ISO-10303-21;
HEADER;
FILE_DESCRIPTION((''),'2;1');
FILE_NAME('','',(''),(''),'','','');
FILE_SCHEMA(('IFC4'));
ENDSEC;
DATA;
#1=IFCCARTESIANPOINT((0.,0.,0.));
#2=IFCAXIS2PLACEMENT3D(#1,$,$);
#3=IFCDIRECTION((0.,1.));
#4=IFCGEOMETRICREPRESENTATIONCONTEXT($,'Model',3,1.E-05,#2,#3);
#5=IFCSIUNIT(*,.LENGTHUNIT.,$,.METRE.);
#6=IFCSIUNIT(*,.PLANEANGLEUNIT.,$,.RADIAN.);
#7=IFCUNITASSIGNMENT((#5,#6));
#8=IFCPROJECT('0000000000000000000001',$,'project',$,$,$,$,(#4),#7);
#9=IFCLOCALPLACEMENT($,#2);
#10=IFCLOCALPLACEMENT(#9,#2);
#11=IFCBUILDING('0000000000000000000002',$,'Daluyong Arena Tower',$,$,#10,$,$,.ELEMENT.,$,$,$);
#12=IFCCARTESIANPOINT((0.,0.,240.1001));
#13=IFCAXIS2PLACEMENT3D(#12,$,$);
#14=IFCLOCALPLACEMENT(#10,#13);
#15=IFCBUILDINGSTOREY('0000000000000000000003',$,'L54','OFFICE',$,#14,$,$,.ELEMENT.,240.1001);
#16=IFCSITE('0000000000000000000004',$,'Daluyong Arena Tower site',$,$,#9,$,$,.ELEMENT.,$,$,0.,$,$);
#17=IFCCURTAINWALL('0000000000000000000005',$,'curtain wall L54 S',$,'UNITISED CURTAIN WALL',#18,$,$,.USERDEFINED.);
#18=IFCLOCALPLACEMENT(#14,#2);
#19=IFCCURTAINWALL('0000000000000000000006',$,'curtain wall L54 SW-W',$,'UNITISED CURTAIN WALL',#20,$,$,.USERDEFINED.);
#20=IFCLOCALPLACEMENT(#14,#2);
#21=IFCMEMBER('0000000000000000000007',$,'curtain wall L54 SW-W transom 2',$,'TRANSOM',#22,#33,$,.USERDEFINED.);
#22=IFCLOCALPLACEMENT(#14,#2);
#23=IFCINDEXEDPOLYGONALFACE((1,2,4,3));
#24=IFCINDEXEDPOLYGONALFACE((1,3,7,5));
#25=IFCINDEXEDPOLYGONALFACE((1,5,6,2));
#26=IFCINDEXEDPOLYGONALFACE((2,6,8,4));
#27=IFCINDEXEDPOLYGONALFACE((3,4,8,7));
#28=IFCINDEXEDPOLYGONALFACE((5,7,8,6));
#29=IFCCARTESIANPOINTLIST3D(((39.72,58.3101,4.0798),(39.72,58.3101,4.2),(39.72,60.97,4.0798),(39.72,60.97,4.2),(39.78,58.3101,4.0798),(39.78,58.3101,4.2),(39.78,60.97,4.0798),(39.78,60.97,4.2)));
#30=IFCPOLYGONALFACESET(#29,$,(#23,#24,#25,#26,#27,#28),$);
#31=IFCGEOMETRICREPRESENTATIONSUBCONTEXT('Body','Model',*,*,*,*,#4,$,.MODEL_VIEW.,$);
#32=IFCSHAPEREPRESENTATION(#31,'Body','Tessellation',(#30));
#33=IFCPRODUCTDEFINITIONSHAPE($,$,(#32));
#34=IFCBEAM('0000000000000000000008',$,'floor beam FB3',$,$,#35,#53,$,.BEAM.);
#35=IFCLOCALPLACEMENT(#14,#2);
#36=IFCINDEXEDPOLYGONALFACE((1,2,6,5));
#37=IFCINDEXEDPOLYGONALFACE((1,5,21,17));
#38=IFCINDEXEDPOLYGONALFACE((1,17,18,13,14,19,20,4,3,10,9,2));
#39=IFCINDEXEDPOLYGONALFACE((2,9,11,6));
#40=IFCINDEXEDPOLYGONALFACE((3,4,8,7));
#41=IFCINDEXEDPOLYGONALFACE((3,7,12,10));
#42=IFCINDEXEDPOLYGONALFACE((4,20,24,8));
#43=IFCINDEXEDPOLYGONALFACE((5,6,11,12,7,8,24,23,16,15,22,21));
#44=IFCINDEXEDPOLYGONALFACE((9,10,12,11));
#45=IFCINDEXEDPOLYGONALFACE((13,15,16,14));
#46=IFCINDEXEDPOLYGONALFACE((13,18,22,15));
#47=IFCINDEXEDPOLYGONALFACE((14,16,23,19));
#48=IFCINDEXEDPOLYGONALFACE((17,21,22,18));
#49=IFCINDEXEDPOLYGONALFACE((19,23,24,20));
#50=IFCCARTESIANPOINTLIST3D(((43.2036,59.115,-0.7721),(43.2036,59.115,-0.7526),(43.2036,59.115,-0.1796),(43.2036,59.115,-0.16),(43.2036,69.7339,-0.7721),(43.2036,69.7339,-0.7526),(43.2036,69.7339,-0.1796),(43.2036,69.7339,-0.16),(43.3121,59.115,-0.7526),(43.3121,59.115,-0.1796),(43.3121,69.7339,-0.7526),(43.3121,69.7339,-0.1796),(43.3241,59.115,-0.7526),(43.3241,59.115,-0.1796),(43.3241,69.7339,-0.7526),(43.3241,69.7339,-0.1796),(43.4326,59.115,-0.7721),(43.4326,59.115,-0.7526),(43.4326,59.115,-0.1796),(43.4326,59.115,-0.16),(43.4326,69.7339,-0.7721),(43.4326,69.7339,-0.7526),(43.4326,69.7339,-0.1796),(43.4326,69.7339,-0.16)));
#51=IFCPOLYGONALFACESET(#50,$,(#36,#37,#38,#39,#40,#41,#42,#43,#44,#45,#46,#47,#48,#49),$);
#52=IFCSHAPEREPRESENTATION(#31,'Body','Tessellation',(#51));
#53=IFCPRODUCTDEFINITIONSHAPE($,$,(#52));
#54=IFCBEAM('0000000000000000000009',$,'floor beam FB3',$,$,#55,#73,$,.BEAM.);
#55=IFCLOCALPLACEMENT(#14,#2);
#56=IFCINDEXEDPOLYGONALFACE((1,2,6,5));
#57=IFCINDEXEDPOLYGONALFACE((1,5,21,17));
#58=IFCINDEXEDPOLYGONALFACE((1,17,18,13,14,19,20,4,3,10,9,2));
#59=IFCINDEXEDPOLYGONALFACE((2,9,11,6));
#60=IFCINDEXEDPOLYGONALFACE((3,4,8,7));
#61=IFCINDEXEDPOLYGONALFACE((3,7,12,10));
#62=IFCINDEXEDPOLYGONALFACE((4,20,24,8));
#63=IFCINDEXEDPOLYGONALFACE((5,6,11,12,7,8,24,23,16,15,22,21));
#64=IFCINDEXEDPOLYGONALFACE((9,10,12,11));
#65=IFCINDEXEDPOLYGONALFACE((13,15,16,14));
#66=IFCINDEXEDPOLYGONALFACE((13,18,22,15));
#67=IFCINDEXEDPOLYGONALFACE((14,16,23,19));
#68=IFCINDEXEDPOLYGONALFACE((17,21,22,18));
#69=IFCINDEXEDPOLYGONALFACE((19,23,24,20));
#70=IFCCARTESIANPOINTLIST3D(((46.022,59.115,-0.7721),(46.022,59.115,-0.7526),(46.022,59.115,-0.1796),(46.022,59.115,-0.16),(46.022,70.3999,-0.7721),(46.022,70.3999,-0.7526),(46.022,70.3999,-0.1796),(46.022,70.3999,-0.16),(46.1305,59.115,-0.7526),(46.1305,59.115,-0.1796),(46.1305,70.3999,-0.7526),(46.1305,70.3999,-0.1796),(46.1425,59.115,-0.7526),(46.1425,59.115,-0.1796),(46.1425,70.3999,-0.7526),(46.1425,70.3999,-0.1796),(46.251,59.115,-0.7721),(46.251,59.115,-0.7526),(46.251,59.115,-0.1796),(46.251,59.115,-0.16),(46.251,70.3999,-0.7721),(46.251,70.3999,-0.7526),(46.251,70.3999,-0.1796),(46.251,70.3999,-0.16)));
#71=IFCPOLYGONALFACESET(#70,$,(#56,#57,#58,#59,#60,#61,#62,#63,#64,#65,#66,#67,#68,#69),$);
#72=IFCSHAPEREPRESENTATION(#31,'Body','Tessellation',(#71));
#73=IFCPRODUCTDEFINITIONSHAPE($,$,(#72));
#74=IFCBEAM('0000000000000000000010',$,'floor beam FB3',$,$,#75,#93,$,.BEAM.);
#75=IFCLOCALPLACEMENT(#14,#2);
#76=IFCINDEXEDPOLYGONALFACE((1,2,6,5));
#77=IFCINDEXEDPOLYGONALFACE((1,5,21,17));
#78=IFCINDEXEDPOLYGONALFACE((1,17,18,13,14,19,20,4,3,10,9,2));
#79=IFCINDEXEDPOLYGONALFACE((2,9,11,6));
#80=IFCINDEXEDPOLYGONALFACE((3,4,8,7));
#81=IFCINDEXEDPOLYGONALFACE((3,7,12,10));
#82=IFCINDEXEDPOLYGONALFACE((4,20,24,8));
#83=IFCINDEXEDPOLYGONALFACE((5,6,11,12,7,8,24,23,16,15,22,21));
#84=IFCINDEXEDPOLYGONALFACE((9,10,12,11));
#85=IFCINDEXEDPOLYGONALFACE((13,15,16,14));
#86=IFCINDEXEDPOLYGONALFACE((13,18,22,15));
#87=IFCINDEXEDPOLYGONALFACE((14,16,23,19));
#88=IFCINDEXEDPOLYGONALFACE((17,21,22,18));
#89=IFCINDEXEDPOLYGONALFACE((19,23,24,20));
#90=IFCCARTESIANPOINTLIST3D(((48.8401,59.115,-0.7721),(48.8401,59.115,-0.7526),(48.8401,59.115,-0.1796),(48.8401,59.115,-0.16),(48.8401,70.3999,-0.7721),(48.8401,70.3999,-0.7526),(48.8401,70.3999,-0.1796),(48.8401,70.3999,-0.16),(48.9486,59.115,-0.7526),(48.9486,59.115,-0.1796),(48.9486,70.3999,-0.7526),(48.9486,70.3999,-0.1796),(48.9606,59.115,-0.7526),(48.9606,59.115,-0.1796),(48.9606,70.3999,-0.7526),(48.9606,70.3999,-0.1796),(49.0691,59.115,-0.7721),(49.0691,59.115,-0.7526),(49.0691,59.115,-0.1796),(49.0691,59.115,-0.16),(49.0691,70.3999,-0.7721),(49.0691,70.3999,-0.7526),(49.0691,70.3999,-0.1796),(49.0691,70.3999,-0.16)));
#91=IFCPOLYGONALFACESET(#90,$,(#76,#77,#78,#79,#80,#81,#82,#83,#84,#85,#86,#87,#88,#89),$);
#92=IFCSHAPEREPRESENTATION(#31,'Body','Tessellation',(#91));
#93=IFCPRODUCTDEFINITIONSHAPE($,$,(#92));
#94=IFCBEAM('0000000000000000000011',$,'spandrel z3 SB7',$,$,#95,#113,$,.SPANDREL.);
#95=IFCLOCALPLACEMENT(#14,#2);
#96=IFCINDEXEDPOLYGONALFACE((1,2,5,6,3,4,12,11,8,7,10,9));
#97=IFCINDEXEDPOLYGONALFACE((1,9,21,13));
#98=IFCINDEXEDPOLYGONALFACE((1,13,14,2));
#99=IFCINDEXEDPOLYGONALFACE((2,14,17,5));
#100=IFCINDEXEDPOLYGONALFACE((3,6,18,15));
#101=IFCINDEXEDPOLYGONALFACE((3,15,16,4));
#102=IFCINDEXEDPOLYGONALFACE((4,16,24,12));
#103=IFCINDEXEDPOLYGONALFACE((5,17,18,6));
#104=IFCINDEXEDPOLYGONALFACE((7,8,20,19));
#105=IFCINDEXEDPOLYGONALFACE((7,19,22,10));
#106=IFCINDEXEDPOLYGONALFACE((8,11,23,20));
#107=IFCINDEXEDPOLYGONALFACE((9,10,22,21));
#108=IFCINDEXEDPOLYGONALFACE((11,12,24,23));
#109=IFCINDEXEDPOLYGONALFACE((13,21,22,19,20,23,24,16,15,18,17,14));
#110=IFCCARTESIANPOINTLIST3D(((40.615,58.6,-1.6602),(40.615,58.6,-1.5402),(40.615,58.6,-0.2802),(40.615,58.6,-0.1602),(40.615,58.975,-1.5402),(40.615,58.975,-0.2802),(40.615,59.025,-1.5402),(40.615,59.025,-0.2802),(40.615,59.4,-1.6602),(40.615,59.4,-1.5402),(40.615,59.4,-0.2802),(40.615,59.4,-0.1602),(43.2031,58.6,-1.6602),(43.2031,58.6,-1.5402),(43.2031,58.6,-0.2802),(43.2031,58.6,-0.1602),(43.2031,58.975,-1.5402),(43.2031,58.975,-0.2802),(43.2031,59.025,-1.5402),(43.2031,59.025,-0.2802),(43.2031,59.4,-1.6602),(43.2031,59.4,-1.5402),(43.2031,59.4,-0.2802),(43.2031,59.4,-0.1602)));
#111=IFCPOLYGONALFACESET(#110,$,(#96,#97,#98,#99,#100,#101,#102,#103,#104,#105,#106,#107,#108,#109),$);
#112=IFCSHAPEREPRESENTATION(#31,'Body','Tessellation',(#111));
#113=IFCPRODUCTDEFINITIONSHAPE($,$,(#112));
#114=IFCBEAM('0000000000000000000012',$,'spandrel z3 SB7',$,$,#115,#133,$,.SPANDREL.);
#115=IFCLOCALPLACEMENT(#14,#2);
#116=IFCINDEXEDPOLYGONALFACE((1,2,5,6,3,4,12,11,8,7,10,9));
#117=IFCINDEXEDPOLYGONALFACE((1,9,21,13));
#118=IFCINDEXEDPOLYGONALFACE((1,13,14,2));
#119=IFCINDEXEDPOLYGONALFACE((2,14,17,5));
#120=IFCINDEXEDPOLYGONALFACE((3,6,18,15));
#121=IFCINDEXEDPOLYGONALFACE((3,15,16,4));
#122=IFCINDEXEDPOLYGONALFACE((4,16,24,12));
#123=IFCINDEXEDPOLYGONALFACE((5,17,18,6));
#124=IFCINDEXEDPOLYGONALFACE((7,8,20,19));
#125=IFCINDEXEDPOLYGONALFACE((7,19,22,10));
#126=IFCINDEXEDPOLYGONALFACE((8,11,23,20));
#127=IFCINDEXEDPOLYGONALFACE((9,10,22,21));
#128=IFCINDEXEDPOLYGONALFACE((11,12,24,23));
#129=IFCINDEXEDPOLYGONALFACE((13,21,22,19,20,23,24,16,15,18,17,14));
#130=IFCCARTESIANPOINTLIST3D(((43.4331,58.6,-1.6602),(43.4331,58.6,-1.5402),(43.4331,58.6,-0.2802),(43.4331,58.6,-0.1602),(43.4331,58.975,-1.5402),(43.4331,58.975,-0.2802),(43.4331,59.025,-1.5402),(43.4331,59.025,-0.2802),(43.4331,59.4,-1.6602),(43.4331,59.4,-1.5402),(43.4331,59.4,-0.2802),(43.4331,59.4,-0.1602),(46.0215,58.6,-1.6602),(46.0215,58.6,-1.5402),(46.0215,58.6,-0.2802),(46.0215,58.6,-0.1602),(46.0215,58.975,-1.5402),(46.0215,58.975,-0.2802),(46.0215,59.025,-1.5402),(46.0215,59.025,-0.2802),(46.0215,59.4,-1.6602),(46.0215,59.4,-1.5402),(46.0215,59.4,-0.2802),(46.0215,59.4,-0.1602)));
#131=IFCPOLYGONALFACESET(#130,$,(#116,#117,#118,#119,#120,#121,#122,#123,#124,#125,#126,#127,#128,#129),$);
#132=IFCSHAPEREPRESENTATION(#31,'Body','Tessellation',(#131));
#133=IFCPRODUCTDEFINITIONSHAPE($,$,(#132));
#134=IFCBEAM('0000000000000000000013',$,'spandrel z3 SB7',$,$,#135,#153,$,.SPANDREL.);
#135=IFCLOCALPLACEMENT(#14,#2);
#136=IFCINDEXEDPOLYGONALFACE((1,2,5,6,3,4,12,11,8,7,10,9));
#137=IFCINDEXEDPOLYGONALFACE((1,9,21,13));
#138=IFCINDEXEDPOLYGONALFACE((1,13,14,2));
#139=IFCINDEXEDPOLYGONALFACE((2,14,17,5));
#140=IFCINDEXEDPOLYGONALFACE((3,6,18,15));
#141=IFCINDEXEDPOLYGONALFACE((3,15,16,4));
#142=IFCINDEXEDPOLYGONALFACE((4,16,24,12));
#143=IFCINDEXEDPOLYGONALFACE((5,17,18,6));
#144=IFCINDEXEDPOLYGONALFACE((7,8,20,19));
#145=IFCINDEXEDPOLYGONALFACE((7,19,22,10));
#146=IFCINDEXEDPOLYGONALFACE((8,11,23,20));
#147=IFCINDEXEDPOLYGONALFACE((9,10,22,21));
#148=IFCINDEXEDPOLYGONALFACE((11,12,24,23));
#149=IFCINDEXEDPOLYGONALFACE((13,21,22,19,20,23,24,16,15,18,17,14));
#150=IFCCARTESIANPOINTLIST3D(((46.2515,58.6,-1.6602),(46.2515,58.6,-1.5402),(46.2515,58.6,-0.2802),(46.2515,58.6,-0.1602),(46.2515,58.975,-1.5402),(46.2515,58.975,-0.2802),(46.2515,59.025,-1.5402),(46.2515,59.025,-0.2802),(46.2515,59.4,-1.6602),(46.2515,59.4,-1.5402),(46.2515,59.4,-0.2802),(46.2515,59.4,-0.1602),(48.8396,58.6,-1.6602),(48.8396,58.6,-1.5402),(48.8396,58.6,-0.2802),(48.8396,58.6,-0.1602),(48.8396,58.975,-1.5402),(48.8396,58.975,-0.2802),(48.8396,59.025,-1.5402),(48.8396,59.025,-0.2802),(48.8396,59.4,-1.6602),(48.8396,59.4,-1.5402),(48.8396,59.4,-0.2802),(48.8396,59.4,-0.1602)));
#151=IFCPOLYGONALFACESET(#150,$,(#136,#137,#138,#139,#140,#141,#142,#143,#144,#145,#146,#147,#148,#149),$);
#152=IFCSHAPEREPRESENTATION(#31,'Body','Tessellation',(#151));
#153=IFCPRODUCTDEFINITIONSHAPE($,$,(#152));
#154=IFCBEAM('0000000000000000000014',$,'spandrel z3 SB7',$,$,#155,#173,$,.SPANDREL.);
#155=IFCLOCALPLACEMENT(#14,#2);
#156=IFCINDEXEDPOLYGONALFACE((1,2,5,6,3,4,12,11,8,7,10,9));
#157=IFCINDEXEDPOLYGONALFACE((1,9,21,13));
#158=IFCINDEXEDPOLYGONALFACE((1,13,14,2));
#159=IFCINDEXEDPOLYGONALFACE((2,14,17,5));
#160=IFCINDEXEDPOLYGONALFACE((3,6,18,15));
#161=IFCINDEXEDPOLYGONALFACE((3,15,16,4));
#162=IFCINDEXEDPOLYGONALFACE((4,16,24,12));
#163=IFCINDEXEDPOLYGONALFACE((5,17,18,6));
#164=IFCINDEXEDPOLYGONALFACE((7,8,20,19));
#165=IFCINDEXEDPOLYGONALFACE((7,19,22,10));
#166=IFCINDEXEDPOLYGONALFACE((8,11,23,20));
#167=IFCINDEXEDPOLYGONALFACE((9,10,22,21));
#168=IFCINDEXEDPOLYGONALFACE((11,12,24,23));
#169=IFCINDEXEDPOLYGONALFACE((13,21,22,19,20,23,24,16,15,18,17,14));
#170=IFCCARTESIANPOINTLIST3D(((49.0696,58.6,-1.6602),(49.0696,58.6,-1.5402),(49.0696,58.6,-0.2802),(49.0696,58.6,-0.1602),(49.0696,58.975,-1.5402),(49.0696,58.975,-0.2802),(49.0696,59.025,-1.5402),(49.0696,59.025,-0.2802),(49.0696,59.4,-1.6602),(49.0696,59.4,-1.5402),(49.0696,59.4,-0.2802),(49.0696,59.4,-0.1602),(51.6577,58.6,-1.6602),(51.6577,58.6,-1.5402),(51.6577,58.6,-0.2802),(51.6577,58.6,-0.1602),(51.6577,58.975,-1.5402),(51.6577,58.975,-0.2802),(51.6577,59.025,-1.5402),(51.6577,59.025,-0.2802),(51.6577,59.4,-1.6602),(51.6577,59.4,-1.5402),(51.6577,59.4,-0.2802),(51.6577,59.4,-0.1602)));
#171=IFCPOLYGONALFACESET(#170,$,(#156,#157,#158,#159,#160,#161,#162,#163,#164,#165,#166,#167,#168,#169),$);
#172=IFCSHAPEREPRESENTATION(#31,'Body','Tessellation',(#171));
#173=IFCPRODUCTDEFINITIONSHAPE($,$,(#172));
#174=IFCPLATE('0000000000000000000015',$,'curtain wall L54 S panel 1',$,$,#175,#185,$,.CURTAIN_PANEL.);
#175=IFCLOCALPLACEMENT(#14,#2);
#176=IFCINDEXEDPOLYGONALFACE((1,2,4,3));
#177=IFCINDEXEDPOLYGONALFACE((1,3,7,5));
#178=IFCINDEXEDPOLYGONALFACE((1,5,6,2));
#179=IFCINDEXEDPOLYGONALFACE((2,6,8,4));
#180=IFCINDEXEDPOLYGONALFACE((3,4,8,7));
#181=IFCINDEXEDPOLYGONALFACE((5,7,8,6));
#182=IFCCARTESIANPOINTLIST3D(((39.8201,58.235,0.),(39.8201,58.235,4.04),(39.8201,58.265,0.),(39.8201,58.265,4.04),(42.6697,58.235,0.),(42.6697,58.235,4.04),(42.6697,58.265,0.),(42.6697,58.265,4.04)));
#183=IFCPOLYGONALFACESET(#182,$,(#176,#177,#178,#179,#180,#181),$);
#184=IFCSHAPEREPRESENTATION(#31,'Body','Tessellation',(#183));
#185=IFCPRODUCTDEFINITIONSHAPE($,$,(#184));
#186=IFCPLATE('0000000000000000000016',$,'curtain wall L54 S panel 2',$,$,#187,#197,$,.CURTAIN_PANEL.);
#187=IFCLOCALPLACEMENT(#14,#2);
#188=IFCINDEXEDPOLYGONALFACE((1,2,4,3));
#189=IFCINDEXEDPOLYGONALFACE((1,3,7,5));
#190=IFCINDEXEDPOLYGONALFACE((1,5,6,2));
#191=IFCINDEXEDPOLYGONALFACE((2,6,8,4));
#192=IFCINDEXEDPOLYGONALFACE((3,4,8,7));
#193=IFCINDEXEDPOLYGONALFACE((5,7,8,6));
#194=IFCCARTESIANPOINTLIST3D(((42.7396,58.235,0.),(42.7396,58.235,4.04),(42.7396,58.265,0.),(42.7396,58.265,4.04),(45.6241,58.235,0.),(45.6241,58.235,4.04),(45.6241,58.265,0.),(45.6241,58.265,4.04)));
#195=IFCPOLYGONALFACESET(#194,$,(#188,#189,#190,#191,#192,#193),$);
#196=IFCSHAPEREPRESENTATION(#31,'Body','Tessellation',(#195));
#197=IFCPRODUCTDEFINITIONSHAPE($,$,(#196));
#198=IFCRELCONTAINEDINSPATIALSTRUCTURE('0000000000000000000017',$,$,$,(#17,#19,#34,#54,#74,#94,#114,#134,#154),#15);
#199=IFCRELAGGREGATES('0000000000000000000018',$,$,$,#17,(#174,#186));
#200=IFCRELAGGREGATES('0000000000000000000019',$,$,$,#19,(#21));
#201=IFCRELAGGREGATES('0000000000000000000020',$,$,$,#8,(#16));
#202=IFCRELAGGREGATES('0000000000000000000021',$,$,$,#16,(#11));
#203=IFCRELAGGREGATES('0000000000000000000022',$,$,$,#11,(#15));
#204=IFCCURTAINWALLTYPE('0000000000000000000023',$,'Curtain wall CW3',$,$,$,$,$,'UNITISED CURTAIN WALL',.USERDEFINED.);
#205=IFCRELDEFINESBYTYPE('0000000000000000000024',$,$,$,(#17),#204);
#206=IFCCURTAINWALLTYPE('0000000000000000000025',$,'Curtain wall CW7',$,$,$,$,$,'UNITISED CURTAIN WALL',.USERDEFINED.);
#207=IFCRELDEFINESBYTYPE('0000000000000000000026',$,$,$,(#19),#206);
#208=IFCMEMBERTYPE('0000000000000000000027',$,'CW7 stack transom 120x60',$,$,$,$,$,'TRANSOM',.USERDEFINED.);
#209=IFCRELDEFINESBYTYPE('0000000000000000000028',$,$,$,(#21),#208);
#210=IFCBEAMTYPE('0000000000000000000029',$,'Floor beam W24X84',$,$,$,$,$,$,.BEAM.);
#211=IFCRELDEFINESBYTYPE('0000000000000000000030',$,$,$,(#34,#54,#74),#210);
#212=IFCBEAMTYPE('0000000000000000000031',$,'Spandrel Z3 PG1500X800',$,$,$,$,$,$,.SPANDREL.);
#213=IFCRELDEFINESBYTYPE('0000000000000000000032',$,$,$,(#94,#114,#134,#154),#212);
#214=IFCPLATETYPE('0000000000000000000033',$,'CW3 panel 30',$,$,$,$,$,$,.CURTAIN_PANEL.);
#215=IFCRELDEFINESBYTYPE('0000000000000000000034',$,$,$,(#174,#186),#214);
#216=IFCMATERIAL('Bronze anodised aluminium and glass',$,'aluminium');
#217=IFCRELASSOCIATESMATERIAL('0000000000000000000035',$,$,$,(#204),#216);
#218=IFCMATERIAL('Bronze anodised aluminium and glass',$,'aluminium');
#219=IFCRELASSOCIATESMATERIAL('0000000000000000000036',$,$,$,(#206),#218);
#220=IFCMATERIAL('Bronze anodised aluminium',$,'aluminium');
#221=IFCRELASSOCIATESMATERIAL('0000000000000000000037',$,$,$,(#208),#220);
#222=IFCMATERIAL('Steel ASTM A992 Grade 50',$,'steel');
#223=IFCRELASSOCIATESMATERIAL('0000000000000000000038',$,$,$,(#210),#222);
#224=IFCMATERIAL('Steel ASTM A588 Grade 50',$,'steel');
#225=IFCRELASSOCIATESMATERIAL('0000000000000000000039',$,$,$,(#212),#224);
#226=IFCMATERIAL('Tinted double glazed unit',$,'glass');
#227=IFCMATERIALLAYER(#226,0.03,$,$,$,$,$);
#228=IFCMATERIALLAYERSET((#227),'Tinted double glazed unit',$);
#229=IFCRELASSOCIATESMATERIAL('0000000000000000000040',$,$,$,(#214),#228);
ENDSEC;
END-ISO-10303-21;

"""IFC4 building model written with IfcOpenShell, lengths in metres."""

from ifc_helpers import new_model, si_unit, direction, frame, origin, origin_2d, place, context, subcontext, project, spatial, rectangle, i_section, extrude, material, layer, layer_set, material_profile, profile_set, type_object, element, aggregate, save


model = new_model("IFC4")

# Units and contexts
model_context = context("Model", 3, precision=1e-05, world=origin(), true_north=direction((0.0, 1.0)))
body_context = subcontext(model_context, "Body", "Model", "MODEL_VIEW")
ifc_project = project(units=[si_unit("LENGTHUNIT", "METRE"), si_unit("PLANEANGLEUNIT", "RADIAN")], contexts=[model_context])

# Site, building, storey
site_placement = place(None, origin())
site = spatial("IfcSite", under=ifc_project, at=site_placement, Name="Daluyong Arena Tower site", CompositionType="ELEMENT", RefElevation=0.0)
building_placement = place(site_placement, origin())
building = spatial("IfcBuilding", under=site, at=building_placement, Name="Daluyong Arena Tower", CompositionType="ELEMENT")
storey_placement = place(building_placement, frame((0.0, 0.0, 240.1001)))
storey = spatial("IfcBuildingStorey", under=building, at=storey_placement, Name="L54", Description="OFFICE", CompositionType="ELEMENT", Elevation=240.1001)

# Curtain walls, member
ifc_material_1 = material(Name="Bronze anodised aluminium and glass", Category="aluminium")
curtain_wall_type_1 = type_object("IfcCurtainWallType", Name="Curtain wall CW3", ElementType="UNITISED CURTAIN WALL", PredefinedType="USERDEFINED", material=ifc_material_1)
curtain_wall_1_placement = place(storey_placement, origin())
curtain_wall_1 = element("IfcCurtainWall", 1, at=curtain_wall_1_placement, inside=storey, type_object=curtain_wall_type_1, Name="curtain wall L54 S", ObjectType="UNITISED CURTAIN WALL", PredefinedType="USERDEFINED")
ifc_material_2 = material(Name="Bronze anodised aluminium and glass", Category="aluminium")
curtain_wall_type_2 = type_object("IfcCurtainWallType", Name="Curtain wall CW7", ElementType="UNITISED CURTAIN WALL", PredefinedType="USERDEFINED", material=ifc_material_2)
curtain_wall_2_placement = place(storey_placement, origin())
curtain_wall_2 = element("IfcCurtainWall", 2, at=curtain_wall_2_placement, inside=storey, type_object=curtain_wall_type_2, Name="curtain wall L54 SW-W", ObjectType="UNITISED CURTAIN WALL", PredefinedType="USERDEFINED")
ifc_material_3 = material(Name="Bronze anodised aluminium", Category="aluminium")
ifc_material_profile_1 = material_profile(ifc_material_3, rectangle(XDim=0.0601, YDim=0.1201, at=origin_2d()))
ifc_profile_set_1 = profile_set([ifc_material_profile_1], Name="Bronze anodised aluminium")
member_type_1 = type_object("IfcMemberType", Name="CW7 stack transom 120x60", ElementType="TRANSOM", PredefinedType="USERDEFINED", material=ifc_profile_set_1)
member_1_placement = place(storey_placement, frame((39.75, 60.97, 4.1399), z_axis=(0.0, -1.0, 0.0), x_axis=(1.0, 0.0, 0.0)))
member_1 = element("IfcMember", 3, at=member_1_placement, type_object=member_type_1, Name="curtain wall L54 SW-W transom 2", ObjectType="TRANSOM", PredefinedType="USERDEFINED", context=body_context, shape_type="SweptSolid", body=[
    extrude(rectangle(XDim=0.0601, YDim=0.1201, at=origin_2d()), origin(), (0.0, 0.0, 1.0), 2.6599),
])

# Beams
ifc_material_4 = material(Name="Steel ASTM A992 Grade 50", Category="steel")
ifc_material_profile_2 = material_profile(ifc_material_4, i_section(OverallWidth=0.229, OverallDepth=0.6121, WebThickness=0.012, FlangeThickness=0.0195, at=origin_2d()))
ifc_profile_set_2 = profile_set([ifc_material_profile_2], Name="Steel ASTM A992 Grade 50")
beam_type_1 = type_object("IfcBeamType", Name="Floor beam W24X84", PredefinedType="BEAM", material=ifc_profile_set_2)
beam_1_placement = place(storey_placement, frame((43.3181, 59.115, -0.4661), z_axis=(0.0, 1.0, 0.0), x_axis=(-1.0, 0.0, 0.0)))
element("IfcBeam", 4, at=beam_1_placement, inside=storey, type_object=beam_type_1, Name="floor beam FB3", PredefinedType="BEAM", context=body_context, shape_type="SweptSolid", body=[
    extrude(i_section(OverallWidth=0.229, OverallDepth=0.6121, WebThickness=0.012, FlangeThickness=0.0195, at=origin_2d()), origin(), (0.0, 0.0, 1.0), 10.6189),
])
for number, where, z_axis, x_axis, name in (
    (5, (46.1365, 59.115, -0.4661), (0.0, 1.0, 0.0), (-1.0, 0.0, 0.0), "floor beam FB3"),
    (6, (48.9546, 59.115, -0.4661), (0.0, 1.0, 0.0), (-1.0, 0.0, 0.0), "floor beam FB3"),
):
    element("IfcBeam", number, at=place(storey_placement, frame(where, z_axis=z_axis, x_axis=x_axis)), inside=storey, type_object=beam_type_1, Name=name, PredefinedType="BEAM", context=body_context, shape_type="SweptSolid", body=[
        extrude(i_section(OverallWidth=0.229, OverallDepth=0.6121, WebThickness=0.012, FlangeThickness=0.0195, at=origin_2d()), origin(), (0.0, 0.0, 1.0), 11.2849),
    ])
ifc_material_5 = material(Name="Steel ASTM A588 Grade 50", Category="steel")
ifc_material_profile_3 = material_profile(ifc_material_5, i_section(OverallWidth=0.8, OverallDepth=1.5, WebThickness=0.05, FlangeThickness=0.12, at=origin_2d()))
ifc_profile_set_3 = profile_set([ifc_material_profile_3], Name="Steel ASTM A588 Grade 50")
beam_type_2 = type_object("IfcBeamType", Name="Spandrel Z3 PG1500X800", PredefinedType="SPANDREL", material=ifc_profile_set_3)
beam_2_placement = place(storey_placement, frame((40.615, 59.0, -0.9102), z_axis=(1.0, 0.0, 0.0), x_axis=(0.0, 1.0, 0.0)))
element("IfcBeam", 7, at=beam_2_placement, inside=storey, type_object=beam_type_2, Name="spandrel z3 SB7", PredefinedType="SPANDREL", context=body_context, shape_type="SweptSolid", body=[
    extrude(i_section(OverallWidth=0.8, OverallDepth=1.5, WebThickness=0.05, FlangeThickness=0.12, at=origin_2d()), origin(), (0.0, 0.0, 1.0), 2.5881),
])
beam_3_placement = place(storey_placement, frame((43.4331, 59.0, -0.9102), z_axis=(1.0, 0.0, 0.0), x_axis=(0.0, 1.0, 0.0)))
element("IfcBeam", 8, at=beam_3_placement, inside=storey, type_object=beam_type_2, Name="spandrel z3 SB7", PredefinedType="SPANDREL", context=body_context, shape_type="SweptSolid", body=[
    extrude(i_section(OverallWidth=0.8, OverallDepth=1.5, WebThickness=0.05, FlangeThickness=0.12, at=origin_2d()), origin(), (0.0, 0.0, 1.0), 2.5884),
])
for number, where, z_axis, x_axis, name in (
    (9, (46.2515, 59.0, -0.9102), (1.0, 0.0, 0.0), (0.0, 1.0, 0.0), "spandrel z3 SB7"),
    (10, (49.0696, 59.0, -0.9102), (1.0, 0.0, 0.0), (0.0, 1.0, 0.0), "spandrel z3 SB7"),
):
    element("IfcBeam", number, at=place(storey_placement, frame(where, z_axis=z_axis, x_axis=x_axis)), inside=storey, type_object=beam_type_2, Name=name, PredefinedType="SPANDREL", context=body_context, shape_type="SweptSolid", body=[
        extrude(i_section(OverallWidth=0.8, OverallDepth=1.5, WebThickness=0.05, FlangeThickness=0.12, at=origin_2d()), origin(), (0.0, 0.0, 1.0), 2.5881),
    ])

# Plates
ifc_material_6 = material(Name="Tinted double glazed unit", Category="glass")
ifc_layer_1 = layer(ifc_material_6, 0.03)
ifc_layer_set_1 = layer_set([ifc_layer_1], Name="Tinted double glazed unit")
plate_type_1 = type_object("IfcPlateType", Name="CW3 panel 30", PredefinedType="CURTAIN_PANEL", material=ifc_layer_set_1)
plate_1_placement = place(storey_placement, frame((41.2449, 58.25, 0.0), z_axis=(0.0, 0.0, 1.0), x_axis=(1.0, 0.0, 0.0)))
plate_1 = element("IfcPlate", 11, at=plate_1_placement, type_object=plate_type_1, Name="curtain wall L54 S panel 1", PredefinedType="CURTAIN_PANEL", context=body_context, shape_type="SweptSolid", body=[
    extrude(rectangle(XDim=2.8496, YDim=0.03, at=origin_2d()), origin(), (0.0, 0.0, 1.0), 4.04),
])
plate_2_placement = place(storey_placement, frame((44.1819, 58.25, 0.0), z_axis=(0.0, 0.0, 1.0), x_axis=(1.0, 0.0, 0.0)))
plate_2 = element("IfcPlate", 12, at=plate_2_placement, type_object=plate_type_1, Name="curtain wall L54 S panel 2", PredefinedType="CURTAIN_PANEL", context=body_context, shape_type="SweptSolid", body=[
    extrude(rectangle(XDim=2.8845, YDim=0.03, at=origin_2d()), origin(), (0.0, 0.0, 1.0), 4.04),
])
aggregate(curtain_wall_1, [plate_1, plate_2])
aggregate(curtain_wall_2, [member_1])

save(model, "model.ifc")
